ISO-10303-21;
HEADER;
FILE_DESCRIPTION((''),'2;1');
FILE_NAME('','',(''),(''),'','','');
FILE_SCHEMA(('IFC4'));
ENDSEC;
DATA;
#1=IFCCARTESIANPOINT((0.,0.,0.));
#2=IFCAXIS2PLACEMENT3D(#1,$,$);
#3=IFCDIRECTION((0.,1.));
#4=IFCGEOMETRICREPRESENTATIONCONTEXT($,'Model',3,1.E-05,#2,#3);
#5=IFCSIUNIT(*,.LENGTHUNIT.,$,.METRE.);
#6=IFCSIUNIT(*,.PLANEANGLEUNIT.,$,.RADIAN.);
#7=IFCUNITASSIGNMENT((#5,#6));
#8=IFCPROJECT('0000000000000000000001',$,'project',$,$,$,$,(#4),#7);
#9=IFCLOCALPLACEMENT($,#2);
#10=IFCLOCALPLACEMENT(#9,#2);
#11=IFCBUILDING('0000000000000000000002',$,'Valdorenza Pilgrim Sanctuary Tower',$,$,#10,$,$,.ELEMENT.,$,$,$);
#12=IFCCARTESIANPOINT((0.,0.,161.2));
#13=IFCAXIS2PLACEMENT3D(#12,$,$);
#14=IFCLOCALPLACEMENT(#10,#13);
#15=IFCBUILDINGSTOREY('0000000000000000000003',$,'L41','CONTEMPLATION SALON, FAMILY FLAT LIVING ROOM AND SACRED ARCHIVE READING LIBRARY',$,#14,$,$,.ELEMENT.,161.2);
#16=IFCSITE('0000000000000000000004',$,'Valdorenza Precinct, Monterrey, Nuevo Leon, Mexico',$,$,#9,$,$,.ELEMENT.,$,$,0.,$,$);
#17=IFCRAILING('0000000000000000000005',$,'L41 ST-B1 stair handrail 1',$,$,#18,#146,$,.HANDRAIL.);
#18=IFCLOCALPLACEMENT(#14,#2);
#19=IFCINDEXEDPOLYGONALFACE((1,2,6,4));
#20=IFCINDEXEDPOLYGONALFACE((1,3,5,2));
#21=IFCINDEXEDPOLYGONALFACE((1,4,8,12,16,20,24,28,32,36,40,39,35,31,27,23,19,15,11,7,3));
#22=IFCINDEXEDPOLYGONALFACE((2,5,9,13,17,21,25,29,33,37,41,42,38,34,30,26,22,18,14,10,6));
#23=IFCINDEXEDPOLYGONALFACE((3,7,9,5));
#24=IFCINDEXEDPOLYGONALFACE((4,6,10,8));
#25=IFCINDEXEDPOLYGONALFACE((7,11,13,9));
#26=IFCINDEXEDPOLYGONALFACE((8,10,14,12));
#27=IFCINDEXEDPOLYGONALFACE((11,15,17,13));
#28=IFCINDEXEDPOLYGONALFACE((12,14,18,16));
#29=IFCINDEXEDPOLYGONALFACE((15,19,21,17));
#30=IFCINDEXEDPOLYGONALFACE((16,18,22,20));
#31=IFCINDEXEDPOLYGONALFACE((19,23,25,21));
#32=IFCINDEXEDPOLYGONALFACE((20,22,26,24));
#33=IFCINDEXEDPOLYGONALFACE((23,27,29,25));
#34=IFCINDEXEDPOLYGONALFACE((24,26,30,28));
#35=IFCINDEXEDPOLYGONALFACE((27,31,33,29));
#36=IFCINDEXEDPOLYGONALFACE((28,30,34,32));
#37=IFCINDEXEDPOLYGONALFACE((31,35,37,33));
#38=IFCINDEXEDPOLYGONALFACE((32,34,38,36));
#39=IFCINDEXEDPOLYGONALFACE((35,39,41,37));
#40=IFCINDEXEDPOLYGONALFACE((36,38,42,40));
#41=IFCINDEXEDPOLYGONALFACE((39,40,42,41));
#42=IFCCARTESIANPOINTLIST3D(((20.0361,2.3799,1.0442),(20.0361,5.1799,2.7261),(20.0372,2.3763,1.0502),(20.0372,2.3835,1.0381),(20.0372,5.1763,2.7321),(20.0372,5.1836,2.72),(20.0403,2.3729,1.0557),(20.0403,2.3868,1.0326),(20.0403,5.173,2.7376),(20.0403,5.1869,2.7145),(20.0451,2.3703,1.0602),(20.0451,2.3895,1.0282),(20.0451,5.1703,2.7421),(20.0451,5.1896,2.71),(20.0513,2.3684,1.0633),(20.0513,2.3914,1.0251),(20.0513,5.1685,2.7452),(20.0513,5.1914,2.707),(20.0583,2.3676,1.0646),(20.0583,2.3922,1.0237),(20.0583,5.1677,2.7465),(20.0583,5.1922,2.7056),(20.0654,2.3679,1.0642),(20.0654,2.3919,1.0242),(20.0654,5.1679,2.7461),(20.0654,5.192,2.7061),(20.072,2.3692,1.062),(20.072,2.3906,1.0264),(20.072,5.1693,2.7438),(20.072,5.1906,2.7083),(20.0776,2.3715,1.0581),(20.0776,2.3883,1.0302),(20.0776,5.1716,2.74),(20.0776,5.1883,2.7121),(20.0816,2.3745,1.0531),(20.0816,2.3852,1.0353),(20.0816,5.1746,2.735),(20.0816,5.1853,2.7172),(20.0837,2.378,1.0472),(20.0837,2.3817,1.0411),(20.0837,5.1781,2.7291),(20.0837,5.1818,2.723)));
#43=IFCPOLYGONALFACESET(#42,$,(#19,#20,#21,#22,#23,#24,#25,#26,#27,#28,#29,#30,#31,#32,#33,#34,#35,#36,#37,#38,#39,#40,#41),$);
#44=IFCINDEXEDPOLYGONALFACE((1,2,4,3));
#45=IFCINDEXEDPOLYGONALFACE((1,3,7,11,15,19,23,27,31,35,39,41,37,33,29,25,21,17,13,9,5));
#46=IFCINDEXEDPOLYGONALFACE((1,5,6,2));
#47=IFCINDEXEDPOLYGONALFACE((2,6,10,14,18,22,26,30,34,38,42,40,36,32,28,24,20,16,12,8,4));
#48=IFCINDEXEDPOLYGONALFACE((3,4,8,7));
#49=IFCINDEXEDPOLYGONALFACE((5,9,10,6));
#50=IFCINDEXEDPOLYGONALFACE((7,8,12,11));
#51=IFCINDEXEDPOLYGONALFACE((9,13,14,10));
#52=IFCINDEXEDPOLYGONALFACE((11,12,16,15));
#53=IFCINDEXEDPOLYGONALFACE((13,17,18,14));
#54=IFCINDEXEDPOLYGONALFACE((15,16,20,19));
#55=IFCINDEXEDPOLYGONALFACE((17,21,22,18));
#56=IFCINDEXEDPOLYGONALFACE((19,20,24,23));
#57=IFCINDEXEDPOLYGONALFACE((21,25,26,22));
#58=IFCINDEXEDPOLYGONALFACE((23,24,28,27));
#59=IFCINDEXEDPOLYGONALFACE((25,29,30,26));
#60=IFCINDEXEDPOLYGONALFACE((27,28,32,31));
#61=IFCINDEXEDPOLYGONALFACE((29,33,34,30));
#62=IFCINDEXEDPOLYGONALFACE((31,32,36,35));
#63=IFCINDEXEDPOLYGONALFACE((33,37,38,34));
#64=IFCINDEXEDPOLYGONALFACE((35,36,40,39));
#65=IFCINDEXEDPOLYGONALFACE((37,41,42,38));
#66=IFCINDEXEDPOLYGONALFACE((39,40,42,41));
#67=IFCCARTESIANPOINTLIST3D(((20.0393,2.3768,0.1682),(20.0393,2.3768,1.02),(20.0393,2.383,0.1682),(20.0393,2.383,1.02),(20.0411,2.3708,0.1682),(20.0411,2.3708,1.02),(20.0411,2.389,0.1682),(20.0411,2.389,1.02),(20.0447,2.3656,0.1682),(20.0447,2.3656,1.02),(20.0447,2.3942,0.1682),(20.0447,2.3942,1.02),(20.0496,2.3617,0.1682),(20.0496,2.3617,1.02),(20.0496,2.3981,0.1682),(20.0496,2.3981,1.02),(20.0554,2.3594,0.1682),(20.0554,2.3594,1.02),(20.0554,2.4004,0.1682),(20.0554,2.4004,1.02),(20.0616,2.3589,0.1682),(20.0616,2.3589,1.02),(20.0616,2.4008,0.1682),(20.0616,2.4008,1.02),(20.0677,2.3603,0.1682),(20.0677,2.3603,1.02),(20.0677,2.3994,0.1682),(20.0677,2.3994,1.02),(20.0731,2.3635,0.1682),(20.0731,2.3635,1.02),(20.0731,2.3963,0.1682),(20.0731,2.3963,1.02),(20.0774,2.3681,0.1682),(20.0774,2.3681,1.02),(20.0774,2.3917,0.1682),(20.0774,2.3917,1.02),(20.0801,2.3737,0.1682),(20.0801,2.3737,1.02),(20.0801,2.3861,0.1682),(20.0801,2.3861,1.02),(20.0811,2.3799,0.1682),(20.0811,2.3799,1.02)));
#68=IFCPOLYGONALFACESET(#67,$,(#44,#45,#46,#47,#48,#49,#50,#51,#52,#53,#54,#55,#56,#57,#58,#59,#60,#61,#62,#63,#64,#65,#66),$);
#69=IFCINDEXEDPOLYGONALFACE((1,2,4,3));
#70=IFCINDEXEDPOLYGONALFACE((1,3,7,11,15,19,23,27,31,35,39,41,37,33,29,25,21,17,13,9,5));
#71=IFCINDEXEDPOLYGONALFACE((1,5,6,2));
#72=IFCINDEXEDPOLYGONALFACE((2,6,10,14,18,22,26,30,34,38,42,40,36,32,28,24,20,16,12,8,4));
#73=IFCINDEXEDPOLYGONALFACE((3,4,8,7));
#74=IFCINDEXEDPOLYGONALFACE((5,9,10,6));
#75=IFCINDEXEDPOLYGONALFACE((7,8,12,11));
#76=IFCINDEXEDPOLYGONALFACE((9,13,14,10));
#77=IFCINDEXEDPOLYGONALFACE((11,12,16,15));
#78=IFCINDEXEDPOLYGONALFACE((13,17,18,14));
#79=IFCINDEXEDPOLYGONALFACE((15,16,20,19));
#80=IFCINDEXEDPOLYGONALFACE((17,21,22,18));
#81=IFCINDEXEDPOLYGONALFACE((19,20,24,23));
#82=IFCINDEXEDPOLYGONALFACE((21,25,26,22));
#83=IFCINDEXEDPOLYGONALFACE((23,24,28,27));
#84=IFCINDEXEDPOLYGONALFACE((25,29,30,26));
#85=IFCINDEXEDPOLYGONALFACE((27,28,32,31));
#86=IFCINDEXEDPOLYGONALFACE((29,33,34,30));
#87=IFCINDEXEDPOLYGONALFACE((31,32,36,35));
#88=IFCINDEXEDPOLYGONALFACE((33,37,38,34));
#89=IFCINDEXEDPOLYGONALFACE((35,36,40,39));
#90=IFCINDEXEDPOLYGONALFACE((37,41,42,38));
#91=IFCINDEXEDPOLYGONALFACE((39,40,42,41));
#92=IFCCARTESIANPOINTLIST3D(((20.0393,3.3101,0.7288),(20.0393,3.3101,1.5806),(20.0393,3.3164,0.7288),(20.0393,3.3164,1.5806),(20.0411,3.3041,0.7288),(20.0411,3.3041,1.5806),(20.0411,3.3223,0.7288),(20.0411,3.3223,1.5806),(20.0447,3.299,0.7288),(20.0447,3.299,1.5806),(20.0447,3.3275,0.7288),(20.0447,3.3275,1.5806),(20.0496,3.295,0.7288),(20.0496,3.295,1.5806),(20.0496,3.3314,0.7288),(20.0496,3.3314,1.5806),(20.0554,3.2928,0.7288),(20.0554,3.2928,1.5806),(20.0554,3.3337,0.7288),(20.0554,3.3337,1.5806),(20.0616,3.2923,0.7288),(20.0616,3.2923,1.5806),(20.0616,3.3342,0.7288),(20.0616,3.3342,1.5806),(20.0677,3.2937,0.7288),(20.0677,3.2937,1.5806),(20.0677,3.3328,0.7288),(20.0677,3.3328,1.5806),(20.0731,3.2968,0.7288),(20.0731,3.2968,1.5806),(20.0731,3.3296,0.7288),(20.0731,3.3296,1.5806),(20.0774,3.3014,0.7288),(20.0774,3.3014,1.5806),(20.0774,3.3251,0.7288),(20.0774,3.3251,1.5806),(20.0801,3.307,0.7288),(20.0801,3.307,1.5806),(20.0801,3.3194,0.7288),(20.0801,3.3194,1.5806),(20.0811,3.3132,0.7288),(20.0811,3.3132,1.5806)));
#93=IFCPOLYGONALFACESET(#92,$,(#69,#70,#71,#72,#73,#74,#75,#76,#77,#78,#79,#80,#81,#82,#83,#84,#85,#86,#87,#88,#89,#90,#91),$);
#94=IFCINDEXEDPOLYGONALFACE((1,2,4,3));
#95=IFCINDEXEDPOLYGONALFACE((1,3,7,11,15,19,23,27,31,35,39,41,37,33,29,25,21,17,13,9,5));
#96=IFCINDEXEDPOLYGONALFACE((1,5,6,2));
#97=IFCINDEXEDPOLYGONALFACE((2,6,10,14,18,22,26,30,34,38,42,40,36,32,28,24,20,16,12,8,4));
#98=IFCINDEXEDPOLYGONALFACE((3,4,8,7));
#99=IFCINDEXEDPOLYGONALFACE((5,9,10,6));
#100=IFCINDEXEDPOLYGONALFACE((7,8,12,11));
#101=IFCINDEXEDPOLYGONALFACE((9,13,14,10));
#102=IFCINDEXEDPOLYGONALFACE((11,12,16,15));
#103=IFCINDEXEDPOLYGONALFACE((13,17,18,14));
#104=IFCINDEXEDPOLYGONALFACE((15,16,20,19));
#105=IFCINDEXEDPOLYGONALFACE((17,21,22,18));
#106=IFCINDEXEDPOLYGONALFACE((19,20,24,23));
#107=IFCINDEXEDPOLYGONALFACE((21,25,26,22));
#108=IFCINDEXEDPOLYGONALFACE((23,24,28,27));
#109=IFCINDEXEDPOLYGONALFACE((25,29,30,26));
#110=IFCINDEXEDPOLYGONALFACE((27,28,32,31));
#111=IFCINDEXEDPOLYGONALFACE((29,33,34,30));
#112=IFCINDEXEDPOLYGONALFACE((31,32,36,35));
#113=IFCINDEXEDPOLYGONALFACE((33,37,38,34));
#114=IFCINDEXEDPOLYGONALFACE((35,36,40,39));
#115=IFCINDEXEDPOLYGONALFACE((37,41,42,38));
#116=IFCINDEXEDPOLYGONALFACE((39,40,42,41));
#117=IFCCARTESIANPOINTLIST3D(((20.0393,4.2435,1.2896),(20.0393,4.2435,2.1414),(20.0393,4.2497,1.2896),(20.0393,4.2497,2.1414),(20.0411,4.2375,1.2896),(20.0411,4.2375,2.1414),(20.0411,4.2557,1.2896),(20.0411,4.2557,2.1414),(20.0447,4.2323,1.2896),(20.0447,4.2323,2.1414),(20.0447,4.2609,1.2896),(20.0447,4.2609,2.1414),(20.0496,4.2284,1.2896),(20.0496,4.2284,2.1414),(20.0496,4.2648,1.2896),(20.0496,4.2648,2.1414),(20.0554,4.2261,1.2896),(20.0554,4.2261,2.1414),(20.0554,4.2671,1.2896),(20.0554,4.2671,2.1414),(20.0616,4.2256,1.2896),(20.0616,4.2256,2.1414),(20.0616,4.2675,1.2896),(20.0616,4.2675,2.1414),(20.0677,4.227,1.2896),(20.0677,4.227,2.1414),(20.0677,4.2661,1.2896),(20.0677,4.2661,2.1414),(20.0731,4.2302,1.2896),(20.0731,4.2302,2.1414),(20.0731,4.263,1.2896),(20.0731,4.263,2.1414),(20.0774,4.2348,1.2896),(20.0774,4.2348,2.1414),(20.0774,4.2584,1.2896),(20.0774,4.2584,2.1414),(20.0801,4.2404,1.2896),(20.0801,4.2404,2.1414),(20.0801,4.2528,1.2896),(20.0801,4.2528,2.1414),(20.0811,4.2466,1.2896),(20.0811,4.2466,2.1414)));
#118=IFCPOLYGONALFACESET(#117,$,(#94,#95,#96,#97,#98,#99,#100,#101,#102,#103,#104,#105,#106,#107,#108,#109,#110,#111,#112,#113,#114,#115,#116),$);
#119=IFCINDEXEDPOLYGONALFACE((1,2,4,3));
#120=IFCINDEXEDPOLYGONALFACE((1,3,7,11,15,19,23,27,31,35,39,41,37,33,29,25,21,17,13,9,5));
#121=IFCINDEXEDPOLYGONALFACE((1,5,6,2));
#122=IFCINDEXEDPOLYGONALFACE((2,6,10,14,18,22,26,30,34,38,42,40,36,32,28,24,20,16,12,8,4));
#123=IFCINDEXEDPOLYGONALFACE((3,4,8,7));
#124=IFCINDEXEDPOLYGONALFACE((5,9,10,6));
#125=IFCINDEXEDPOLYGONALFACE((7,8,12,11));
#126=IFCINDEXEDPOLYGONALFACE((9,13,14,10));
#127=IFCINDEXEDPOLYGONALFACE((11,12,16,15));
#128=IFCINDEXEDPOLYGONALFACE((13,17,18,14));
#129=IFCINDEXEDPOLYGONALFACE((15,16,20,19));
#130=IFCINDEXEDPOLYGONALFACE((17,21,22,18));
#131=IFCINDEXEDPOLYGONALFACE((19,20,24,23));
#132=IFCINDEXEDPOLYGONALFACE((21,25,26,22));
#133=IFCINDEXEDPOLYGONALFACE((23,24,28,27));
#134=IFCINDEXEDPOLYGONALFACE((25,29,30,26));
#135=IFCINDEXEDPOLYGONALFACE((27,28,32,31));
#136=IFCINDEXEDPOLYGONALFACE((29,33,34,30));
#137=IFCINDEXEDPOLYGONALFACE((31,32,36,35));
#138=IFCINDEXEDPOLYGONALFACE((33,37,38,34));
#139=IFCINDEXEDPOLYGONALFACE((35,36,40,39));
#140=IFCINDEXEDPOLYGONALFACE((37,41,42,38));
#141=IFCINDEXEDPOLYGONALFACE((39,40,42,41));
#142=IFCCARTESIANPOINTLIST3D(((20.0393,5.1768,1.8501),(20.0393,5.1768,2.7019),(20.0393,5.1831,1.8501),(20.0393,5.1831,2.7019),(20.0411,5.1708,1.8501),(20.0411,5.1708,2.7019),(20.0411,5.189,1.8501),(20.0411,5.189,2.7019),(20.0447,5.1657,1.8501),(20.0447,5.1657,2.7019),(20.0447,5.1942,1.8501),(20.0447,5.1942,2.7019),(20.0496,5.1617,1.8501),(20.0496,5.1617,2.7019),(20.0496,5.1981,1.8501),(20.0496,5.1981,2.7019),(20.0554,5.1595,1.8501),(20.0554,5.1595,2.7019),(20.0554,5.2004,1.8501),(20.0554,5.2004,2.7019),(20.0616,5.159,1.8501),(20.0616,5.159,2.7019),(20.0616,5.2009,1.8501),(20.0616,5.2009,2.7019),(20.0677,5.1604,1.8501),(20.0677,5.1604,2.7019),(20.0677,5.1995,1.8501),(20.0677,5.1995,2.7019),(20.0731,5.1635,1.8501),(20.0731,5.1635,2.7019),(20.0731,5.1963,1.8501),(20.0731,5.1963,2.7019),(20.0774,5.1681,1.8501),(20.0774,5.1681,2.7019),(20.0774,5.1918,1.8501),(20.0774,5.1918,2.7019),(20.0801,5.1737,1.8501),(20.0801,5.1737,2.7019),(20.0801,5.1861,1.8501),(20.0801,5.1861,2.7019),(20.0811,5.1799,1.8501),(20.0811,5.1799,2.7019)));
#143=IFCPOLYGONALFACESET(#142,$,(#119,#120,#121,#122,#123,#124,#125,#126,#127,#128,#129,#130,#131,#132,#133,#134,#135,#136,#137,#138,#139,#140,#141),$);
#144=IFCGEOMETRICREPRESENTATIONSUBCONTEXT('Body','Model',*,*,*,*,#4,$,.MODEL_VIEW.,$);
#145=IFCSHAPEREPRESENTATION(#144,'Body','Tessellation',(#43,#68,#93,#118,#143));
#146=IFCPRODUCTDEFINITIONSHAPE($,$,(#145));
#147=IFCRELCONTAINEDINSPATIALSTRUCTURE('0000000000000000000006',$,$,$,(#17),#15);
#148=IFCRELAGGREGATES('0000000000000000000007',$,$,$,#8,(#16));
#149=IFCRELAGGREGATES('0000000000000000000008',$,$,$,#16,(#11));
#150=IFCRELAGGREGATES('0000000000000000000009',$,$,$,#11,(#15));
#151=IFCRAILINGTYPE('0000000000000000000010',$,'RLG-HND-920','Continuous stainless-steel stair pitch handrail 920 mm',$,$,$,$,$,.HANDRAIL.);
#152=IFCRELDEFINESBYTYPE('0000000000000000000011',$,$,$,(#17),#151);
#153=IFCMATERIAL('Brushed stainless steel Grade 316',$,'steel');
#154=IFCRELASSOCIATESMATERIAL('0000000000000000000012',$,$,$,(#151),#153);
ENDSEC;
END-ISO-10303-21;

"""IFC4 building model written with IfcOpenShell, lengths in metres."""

from ifc_helpers import new_model, si_unit, direction, frame, origin, origin_2d, place, context, subcontext, project, spatial, circle, extrude, material, type_object, element, save


model = new_model("IFC4")

# Units and contexts
model_context = context("Model", 3, precision=1e-05, world=origin(), true_north=direction((0.0, 1.0)))
body_context = subcontext(model_context, "Body", "Model", "MODEL_VIEW")
ifc_project = project(units=[si_unit("LENGTHUNIT", "METRE"), si_unit("PLANEANGLEUNIT", "RADIAN")], contexts=[model_context])

# Site, building, storey
site_placement = place(None, origin())
site = spatial("IfcSite", under=ifc_project, at=site_placement, Name="Valdorenza Precinct, Monterrey, Nuevo Leon, Mexico", CompositionType="ELEMENT", RefElevation=0.0)
building_placement = place(site_placement, origin())
building = spatial("IfcBuilding", under=site, at=building_placement, Name="Valdorenza Pilgrim Sanctuary Tower", CompositionType="ELEMENT")
storey_placement = place(building_placement, frame((0.0, 0.0, 161.2)))
storey = spatial("IfcBuildingStorey", under=building, at=storey_placement, Name="L41", Description="CONTEMPLATION SALON, FAMILY FLAT LIVING ROOM AND SACRED ARCHIVE READING LIBRARY", CompositionType="ELEMENT", Elevation=161.2)

# Shared definitions
ifc_material_1 = material(Name="Brushed stainless steel Grade 316", Category="steel")

# Railing
railing_type_1 = type_object("IfcRailingType", Name="RLG-HND-920", Description="Continuous stainless-steel stair pitch handrail 920 mm", PredefinedType="HANDRAIL", material=ifc_material_1)
railing_1_placement = place(storey_placement, frame((20.0601, 2.3799, 0.1682)))
element("IfcRailing", 1, at=railing_1_placement, inside=storey, type_object=railing_type_1, Name="L41 ST-B1 stair handrail 1", PredefinedType="HANDRAIL", context=body_context, shape_type="SweptSolid", body=[
    extrude(circle(Radius=0.0239, at=origin_2d()), frame((0.0, 0.0, 0.876), z_axis=(0.0, 0.857242, 0.514913), x_axis=(-1.0, 0.0, 0.0)), (0.0, 0.0, 1.0), 3.2664),
    extrude(circle(Radius=0.021, at=origin_2d()), origin(), (0.0, 0.0, 1.0), 0.8518),
    extrude(circle(Radius=0.021, at=origin_2d()), frame((0.0, 0.9333, 0.5605)), (0.0, 0.0, 1.0), 0.8518),
    extrude(circle(Radius=0.021, at=origin_2d()), frame((0.0, 1.8667, 1.1213)), (0.0, 0.0, 1.0), 0.8518),
    extrude(circle(Radius=0.021, at=origin_2d()), frame((0.0, 2.8, 1.6819)), (0.0, 0.0, 1.0), 0.8518),
])

save(model, "model.ifc")
